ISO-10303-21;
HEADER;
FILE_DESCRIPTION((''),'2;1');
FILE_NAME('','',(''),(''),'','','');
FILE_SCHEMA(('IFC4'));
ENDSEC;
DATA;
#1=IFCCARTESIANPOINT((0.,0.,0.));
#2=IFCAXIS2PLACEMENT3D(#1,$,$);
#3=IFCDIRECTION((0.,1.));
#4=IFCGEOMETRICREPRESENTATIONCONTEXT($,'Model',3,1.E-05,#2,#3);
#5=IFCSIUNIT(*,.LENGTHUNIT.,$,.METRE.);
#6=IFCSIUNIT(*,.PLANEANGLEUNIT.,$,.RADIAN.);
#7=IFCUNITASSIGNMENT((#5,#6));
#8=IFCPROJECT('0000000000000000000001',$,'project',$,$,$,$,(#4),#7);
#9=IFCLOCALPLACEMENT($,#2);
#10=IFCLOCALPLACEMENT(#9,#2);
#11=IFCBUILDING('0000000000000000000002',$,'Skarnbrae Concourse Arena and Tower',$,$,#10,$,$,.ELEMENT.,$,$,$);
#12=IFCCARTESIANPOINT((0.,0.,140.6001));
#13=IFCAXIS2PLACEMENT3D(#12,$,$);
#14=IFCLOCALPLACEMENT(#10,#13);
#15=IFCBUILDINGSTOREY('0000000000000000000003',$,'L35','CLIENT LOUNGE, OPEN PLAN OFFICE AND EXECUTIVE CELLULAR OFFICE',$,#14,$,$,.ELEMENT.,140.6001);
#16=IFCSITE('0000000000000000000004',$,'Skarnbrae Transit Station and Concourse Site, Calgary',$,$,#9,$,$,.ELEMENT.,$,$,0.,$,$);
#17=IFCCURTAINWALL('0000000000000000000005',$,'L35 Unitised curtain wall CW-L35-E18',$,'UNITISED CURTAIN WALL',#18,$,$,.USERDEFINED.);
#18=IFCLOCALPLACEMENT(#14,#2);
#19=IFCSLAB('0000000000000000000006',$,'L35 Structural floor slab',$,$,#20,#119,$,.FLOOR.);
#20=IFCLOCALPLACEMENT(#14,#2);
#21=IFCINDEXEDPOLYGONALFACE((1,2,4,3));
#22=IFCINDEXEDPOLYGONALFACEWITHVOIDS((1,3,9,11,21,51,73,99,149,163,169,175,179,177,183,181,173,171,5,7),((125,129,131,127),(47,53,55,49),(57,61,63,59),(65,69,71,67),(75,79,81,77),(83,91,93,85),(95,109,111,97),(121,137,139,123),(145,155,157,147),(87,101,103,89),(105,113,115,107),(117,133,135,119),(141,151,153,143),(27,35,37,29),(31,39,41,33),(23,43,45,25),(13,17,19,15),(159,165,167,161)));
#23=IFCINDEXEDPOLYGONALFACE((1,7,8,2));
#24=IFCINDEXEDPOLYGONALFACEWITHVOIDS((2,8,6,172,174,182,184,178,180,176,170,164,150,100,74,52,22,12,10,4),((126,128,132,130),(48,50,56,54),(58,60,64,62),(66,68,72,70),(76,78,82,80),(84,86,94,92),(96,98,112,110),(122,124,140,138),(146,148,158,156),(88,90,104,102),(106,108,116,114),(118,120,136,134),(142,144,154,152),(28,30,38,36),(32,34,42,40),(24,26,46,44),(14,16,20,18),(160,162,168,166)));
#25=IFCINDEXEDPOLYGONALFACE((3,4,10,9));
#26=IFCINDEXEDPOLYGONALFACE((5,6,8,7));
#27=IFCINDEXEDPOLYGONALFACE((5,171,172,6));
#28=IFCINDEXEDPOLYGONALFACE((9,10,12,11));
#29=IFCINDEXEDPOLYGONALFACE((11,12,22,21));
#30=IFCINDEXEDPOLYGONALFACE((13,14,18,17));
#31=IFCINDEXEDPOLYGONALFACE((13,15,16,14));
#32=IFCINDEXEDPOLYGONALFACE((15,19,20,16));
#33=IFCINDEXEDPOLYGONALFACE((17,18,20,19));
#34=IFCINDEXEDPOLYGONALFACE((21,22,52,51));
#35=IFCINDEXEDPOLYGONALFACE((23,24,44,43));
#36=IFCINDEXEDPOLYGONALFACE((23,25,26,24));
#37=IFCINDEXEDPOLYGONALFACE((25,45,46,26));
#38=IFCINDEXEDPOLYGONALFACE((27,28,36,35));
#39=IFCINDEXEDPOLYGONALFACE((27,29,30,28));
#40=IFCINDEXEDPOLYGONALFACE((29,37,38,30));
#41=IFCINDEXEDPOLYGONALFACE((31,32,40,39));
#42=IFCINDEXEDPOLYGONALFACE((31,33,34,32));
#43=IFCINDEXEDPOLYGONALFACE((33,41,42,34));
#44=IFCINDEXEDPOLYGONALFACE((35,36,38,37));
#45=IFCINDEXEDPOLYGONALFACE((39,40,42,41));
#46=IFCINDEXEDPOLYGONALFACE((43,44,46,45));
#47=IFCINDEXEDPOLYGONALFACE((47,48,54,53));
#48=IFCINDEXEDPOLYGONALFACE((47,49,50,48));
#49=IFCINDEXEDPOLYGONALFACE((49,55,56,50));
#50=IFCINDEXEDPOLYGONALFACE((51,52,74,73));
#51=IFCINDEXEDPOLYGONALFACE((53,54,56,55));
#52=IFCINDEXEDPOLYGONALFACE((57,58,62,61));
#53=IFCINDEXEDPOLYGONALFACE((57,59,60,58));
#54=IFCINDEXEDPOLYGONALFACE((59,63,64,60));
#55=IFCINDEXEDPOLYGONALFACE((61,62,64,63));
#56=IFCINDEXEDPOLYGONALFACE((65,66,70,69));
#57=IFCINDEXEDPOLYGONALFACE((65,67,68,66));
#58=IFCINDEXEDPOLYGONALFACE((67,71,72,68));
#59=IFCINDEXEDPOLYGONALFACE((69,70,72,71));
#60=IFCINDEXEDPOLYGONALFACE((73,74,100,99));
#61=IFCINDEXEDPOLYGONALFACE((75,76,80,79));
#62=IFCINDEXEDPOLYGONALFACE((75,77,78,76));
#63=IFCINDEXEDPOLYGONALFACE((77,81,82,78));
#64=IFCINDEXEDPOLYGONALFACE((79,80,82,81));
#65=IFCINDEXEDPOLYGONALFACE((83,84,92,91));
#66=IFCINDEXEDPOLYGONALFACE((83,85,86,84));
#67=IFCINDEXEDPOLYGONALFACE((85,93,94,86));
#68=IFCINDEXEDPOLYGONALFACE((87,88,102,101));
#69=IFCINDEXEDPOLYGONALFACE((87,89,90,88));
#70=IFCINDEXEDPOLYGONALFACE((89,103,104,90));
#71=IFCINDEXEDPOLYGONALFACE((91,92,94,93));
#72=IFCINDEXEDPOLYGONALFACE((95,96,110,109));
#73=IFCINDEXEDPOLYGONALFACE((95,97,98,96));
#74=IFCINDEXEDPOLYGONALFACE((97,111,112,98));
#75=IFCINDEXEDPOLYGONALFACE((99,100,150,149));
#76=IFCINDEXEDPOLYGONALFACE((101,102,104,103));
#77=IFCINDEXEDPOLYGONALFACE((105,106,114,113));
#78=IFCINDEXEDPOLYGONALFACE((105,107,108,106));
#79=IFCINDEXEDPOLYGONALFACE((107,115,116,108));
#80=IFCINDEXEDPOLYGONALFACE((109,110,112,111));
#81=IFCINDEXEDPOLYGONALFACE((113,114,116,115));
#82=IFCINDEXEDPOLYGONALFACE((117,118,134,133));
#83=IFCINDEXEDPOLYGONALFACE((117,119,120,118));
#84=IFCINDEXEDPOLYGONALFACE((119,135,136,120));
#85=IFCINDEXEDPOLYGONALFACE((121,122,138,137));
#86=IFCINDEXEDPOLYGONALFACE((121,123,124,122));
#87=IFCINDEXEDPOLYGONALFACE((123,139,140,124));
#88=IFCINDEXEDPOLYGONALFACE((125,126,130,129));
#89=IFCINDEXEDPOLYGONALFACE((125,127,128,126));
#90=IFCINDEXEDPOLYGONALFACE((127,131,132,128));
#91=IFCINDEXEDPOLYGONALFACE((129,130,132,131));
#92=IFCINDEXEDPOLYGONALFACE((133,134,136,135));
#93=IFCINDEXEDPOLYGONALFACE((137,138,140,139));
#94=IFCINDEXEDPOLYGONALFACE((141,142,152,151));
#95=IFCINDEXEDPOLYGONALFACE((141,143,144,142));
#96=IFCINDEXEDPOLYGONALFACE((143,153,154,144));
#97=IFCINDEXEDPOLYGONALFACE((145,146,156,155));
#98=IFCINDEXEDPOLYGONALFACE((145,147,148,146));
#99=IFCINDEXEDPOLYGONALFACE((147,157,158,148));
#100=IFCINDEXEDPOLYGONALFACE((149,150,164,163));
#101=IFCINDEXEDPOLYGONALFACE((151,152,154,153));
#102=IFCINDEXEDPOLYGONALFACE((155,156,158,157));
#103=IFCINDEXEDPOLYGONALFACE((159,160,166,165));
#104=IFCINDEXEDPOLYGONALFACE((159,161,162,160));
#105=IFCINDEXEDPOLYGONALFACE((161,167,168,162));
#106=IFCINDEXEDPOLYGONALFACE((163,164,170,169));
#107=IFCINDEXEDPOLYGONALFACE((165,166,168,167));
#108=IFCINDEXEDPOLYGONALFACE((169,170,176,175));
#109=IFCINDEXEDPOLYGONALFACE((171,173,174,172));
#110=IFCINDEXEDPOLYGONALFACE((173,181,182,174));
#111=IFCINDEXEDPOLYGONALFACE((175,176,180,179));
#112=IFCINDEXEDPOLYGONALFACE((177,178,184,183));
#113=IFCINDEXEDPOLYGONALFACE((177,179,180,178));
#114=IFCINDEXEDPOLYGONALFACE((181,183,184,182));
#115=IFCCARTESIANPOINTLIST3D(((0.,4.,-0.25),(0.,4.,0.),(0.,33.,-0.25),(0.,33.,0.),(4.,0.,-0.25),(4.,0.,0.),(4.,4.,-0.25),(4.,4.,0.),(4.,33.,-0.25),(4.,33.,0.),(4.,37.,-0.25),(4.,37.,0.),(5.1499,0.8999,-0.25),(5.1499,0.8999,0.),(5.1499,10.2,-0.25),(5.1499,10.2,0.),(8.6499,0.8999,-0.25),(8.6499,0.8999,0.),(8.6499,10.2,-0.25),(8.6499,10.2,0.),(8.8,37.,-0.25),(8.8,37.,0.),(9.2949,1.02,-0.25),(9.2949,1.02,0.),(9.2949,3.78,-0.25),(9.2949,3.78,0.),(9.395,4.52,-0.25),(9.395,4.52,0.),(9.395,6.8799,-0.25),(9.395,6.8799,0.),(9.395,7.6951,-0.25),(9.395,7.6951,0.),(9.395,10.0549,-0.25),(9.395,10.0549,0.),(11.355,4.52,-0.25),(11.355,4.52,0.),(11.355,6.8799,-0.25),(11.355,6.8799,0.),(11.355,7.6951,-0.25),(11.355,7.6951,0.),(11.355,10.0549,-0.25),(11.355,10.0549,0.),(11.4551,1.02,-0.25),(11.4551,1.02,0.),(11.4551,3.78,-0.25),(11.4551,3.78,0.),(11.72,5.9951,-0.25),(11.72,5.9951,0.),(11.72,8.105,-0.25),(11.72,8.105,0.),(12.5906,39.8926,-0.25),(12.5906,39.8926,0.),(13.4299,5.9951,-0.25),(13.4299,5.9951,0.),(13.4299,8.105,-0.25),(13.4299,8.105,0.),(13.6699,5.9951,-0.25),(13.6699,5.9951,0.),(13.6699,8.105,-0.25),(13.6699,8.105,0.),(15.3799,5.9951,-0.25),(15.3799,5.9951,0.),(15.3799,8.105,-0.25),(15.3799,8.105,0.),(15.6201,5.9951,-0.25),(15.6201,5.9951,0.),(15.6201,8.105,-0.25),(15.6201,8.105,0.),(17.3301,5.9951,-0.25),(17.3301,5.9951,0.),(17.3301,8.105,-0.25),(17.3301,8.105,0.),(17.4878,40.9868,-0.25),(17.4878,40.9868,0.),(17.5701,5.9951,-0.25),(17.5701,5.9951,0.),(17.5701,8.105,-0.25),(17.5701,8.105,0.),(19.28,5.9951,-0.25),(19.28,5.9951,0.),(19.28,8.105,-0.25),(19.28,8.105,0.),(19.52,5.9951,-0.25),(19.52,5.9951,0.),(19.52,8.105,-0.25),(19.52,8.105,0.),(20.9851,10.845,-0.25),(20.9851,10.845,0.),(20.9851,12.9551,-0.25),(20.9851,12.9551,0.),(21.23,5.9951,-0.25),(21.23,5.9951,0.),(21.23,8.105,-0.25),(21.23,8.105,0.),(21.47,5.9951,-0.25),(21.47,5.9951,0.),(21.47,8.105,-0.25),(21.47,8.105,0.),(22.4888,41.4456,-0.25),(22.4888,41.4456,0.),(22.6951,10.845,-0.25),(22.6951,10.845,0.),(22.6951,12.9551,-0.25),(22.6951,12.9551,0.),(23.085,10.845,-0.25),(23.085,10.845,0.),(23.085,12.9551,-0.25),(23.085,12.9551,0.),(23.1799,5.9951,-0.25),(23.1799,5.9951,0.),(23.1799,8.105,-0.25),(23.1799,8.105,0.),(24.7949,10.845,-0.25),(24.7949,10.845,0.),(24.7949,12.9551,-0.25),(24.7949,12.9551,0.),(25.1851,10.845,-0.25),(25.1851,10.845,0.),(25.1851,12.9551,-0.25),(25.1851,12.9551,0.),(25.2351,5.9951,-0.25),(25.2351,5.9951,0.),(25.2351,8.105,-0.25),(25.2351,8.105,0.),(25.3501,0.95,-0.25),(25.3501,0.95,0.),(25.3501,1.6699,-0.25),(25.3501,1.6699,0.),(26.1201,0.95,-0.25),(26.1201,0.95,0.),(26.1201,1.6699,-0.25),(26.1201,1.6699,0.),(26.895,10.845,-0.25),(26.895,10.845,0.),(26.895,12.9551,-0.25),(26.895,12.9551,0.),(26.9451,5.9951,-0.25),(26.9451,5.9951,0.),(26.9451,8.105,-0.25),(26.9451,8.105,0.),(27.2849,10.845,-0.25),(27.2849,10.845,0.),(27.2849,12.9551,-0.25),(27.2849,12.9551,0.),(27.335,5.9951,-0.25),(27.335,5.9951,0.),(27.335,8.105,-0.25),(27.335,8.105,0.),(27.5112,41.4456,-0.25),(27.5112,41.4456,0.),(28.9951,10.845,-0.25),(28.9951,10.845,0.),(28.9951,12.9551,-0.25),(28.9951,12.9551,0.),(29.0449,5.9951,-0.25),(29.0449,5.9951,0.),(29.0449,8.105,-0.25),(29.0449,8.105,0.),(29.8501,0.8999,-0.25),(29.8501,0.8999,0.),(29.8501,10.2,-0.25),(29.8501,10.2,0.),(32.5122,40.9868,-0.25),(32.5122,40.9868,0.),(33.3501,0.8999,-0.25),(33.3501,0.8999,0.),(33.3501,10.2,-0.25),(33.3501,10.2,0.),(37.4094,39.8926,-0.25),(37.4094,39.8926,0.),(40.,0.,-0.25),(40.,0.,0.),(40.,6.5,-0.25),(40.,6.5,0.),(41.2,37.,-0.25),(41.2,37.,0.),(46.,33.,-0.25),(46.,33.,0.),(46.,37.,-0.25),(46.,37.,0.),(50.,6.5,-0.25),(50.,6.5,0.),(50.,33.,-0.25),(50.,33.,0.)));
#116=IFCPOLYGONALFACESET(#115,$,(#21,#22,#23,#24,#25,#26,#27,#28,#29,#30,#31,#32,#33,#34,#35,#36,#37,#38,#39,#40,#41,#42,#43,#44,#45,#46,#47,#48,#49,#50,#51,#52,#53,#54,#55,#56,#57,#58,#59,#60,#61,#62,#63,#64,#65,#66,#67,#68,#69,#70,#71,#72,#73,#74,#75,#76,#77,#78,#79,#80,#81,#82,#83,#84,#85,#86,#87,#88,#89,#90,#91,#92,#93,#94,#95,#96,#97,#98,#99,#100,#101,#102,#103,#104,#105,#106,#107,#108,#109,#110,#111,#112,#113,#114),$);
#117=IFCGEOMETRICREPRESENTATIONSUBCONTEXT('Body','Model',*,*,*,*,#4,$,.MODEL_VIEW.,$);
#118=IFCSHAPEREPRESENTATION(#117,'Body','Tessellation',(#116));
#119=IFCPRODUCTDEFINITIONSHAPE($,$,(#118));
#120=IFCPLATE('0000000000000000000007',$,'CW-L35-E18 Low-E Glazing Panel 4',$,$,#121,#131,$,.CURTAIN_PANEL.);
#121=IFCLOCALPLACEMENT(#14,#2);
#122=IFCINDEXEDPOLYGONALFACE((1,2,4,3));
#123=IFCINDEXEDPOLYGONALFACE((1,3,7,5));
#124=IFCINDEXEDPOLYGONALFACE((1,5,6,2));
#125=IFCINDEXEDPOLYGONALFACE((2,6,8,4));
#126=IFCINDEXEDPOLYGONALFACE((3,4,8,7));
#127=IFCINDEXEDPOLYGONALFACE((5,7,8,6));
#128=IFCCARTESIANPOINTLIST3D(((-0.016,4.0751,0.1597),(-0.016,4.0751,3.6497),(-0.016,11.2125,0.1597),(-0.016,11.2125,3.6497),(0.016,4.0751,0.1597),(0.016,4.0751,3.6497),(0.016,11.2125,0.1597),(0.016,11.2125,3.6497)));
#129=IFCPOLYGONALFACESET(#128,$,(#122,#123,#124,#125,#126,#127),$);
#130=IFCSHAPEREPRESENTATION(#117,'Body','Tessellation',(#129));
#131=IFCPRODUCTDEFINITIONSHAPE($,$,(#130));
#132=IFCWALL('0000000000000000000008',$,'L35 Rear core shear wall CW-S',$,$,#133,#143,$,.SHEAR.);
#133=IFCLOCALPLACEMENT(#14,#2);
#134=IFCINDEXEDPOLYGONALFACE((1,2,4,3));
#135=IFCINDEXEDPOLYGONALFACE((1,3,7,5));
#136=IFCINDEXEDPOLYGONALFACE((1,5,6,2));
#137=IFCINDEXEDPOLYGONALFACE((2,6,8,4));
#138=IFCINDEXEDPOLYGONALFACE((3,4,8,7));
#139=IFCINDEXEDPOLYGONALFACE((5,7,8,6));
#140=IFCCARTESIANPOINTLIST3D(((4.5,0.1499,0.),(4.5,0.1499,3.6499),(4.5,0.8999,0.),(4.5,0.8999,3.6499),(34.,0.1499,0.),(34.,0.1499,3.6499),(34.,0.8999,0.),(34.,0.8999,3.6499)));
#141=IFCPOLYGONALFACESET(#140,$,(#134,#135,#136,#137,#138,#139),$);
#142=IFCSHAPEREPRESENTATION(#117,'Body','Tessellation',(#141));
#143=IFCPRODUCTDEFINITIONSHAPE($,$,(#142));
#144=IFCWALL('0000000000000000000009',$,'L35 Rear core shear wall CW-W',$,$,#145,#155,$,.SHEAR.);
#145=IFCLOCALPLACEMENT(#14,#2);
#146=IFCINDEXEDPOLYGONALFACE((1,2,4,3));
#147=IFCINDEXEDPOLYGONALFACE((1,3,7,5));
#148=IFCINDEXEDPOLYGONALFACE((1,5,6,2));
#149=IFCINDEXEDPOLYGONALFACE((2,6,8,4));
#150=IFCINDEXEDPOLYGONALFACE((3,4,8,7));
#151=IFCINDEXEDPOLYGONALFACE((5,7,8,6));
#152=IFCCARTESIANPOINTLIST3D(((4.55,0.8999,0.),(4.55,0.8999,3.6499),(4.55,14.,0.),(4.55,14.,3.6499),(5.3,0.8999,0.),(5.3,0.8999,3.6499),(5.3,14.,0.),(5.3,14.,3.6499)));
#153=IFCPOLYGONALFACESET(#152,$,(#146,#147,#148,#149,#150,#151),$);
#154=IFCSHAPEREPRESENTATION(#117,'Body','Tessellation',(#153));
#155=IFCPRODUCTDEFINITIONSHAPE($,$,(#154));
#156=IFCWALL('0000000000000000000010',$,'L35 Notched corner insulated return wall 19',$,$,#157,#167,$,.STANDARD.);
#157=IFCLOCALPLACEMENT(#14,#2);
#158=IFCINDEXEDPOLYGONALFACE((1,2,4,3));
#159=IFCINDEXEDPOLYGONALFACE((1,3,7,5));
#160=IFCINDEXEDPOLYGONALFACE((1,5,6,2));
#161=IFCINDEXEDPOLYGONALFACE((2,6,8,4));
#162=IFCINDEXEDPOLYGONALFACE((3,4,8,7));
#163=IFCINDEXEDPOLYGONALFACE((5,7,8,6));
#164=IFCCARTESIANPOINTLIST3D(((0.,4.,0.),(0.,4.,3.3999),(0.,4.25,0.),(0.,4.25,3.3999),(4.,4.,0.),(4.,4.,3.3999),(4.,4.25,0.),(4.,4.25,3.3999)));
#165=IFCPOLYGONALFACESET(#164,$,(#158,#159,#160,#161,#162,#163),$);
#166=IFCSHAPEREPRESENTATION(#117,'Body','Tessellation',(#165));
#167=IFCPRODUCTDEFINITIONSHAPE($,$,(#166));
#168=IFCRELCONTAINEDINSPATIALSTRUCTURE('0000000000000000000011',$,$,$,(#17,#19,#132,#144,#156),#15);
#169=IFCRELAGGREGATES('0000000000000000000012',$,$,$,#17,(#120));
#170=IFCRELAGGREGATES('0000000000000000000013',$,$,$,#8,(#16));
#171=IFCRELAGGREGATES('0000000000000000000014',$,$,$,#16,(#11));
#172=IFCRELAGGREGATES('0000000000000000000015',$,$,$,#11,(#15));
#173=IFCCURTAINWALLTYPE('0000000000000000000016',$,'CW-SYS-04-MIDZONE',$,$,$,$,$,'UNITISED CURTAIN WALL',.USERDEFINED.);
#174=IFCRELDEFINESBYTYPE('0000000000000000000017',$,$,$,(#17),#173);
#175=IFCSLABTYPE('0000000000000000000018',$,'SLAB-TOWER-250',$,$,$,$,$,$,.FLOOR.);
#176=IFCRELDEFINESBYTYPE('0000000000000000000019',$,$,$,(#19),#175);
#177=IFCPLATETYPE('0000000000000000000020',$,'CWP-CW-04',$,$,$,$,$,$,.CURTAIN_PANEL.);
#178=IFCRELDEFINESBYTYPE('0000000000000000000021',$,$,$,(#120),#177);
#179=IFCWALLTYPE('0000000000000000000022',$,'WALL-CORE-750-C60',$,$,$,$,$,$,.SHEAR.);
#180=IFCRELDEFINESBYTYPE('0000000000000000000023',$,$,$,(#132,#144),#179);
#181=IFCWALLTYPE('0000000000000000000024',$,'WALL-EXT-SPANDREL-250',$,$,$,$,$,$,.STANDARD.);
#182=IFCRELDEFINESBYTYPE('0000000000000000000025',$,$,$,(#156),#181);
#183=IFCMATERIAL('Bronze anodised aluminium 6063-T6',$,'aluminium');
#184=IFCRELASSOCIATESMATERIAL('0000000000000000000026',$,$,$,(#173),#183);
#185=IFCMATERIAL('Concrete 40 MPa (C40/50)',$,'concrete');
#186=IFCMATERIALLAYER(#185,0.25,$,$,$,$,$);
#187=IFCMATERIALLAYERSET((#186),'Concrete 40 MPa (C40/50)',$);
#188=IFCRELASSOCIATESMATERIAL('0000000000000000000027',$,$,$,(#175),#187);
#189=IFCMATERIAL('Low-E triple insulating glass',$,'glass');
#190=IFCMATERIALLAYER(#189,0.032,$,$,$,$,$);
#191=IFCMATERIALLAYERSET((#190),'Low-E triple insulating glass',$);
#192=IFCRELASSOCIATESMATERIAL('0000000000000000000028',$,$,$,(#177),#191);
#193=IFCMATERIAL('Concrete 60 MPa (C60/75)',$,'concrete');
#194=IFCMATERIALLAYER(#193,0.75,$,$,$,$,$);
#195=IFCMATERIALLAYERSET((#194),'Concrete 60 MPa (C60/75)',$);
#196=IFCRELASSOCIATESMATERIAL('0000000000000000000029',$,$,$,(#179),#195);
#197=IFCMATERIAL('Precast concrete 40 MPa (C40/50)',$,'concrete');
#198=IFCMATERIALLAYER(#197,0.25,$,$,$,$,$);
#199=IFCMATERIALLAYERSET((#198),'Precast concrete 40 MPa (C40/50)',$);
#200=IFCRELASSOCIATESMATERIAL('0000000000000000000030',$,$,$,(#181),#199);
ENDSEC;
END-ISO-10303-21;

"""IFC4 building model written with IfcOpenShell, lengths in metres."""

from ifc_helpers import new_model, si_unit, direction, frame, frame_2d, origin, origin_2d, place, context, subcontext, project, spatial, polyline, rectangle, outline, extrude, source, transform, mapped, material, layer, layer_set, type_object, element, aggregate, save


model = new_model("IFC4")

# Units and contexts
model_context = context("Model", 3, precision=1e-05, world=origin(), true_north=direction((0.0, 1.0)))
body_context = subcontext(model_context, "Body", "Model", "MODEL_VIEW")
ifc_project = project(units=[si_unit("LENGTHUNIT", "METRE"), si_unit("PLANEANGLEUNIT", "RADIAN")], contexts=[model_context])

# Site, building, storey
site_placement = place(None, origin())
site = spatial("IfcSite", under=ifc_project, at=site_placement, Name="Skarnbrae Transit Station and Concourse Site, Calgary", CompositionType="ELEMENT", RefElevation=0.0)
building_placement = place(site_placement, origin())
building = spatial("IfcBuilding", under=site, at=building_placement, Name="Skarnbrae Concourse Arena and Tower", CompositionType="ELEMENT")
storey_placement = place(building_placement, frame((0.0, 0.0, 140.6001)))
storey = spatial("IfcBuildingStorey", under=building, at=storey_placement, Name="L35", Description="CLIENT LOUNGE, OPEN PLAN OFFICE AND EXECUTIVE CELLULAR OFFICE", CompositionType="ELEMENT", Elevation=140.6001)

# Curtain wall
ifc_material_1 = material(Name="Bronze anodised aluminium 6063-T6", Category="aluminium")
curtain_wall_type = type_object("IfcCurtainWallType", Name="CW-SYS-04-MIDZONE", ElementType="UNITISED CURTAIN WALL", PredefinedType="USERDEFINED", material=ifc_material_1)
curtain_wall_placement = place(storey_placement, origin())
curtain_wall = element("IfcCurtainWall", 1, at=curtain_wall_placement, inside=storey, type_object=curtain_wall_type, Name="L35 Unitised curtain wall CW-L35-E18", ObjectType="UNITISED CURTAIN WALL", PredefinedType="USERDEFINED")

# Shared definitions
ifc_material_2 = material(Name="Concrete 40 MPa (C40/50)", Category="concrete")

# Slab
ifc_layer_1 = layer(ifc_material_2, 0.25)
ifc_layer_set_1 = layer_set([ifc_layer_1], Name="Concrete 40 MPa (C40/50)")
slab_type_1 = type_object("IfcSlabType", Name="SLAB-TOWER-250", PredefinedType="FLOOR", material=ifc_layer_set_1)
slab_1_placement = place(storey_placement, frame((0.0, 0.0, -0.25)))
element("IfcSlab", 2, at=slab_1_placement, inside=storey, type_object=slab_type_1, Name="L35 Structural floor slab", PredefinedType="FLOOR", context=body_context, shape_type="SweptSolid", body=[
    extrude(outline(polyline([(4.0, 0.0), (40.0, 0.0), (40.0, 6.5), (50.0, 6.5), (50.0, 33.0), (46.0, 33.0), (46.0, 37.0), (41.2, 37.0), (37.4094, 39.8926), (32.5122, 40.9868), (27.5112, 41.4456), (22.4888, 41.4456), (17.4878, 40.9868), (12.5906, 39.8926), (8.8, 37.0), (4.0, 37.0), (4.0, 33.0), (0.0, 33.0), (0.0, 4.0), (4.0, 4.0), (4.0, 0.0)]), holes=[polyline([(9.2949, 3.78), (11.4551, 3.78), (11.4551, 1.02), (9.2949, 1.02), (9.2949, 3.78)]), polyline([(8.6499, 10.2), (8.6499, 0.8999), (5.1499, 0.8999), (5.1499, 10.2), (8.6499, 10.2)]), polyline([(9.395, 6.8799), (11.355, 6.8799), (11.355, 4.52), (9.395, 4.52), (9.395, 6.8799)]), polyline([(11.72, 8.105), (13.4299, 8.105), (13.4299, 5.9951), (11.72, 5.9951), (11.72, 8.105)]), polyline([(13.6699, 8.105), (15.3799, 8.105), (15.3799, 5.9951), (13.6699, 5.9951), (13.6699, 8.105)]), polyline([(15.6201, 8.105), (17.3301, 8.105), (17.3301, 5.9951), (15.6201, 5.9951), (15.6201, 8.105)]), polyline([(17.5701, 8.105), (19.28, 8.105), (19.28, 5.9951), (17.5701, 5.9951), (17.5701, 8.105)]), polyline([(21.23, 8.105), (21.23, 5.9951), (19.52, 5.9951), (19.52, 8.105), (21.23, 8.105)]), polyline([(11.355, 10.0549), (11.355, 7.6951), (9.395, 7.6951), (9.395, 10.0549), (11.355, 10.0549)]), polyline([(25.3501, 1.6699), (26.1201, 1.6699), (26.1201, 0.95), (25.3501, 0.95), (25.3501, 1.6699)]), polyline([(33.3501, 10.2), (33.3501, 0.8999), (29.8501, 0.8999), (29.8501, 10.2), (33.3501, 10.2)]), polyline([(21.47, 8.105), (23.1799, 8.105), (23.1799, 5.9951), (21.47, 5.9951), (21.47, 8.105)]), polyline([(25.2351, 8.105), (26.9451, 8.105), (26.9451, 5.9951), (25.2351, 5.9951), (25.2351, 8.105)]), polyline([(27.335, 8.105), (29.0449, 8.105), (29.0449, 5.9951), (27.335, 5.9951), (27.335, 8.105)]), polyline([(20.9851, 12.9551), (22.6951, 12.9551), (22.6951, 10.845), (20.9851, 10.845), (20.9851, 12.9551)]), polyline([(23.085, 12.9551), (24.7949, 12.9551), (24.7949, 10.845), (23.085, 10.845), (23.085, 12.9551)]), polyline([(26.895, 12.9551), (26.895, 10.845), (25.1851, 10.845), (25.1851, 12.9551), (26.895, 12.9551)]), polyline([(28.9951, 12.9551), (28.9951, 10.845), (27.2849, 10.845), (27.2849, 12.9551), (28.9951, 12.9551)])]), origin(), (0.0, 0.0, 1.0), 0.25),
])

# Plate
ifc_material_3 = material(Name="Low-E triple insulating glass", Category="glass")
ifc_layer_2 = layer(ifc_material_3, 0.032)
ifc_layer_set_2 = layer_set([ifc_layer_2], Name="Low-E triple insulating glass")
plate_type = type_object("IfcPlateType", Name="CWP-CW-04", PredefinedType="CURTAIN_PANEL", material=ifc_layer_set_2)
shared_shape_1 = source(origin(), body_context, "Body", "SweptSolid", [
    extrude(rectangle(XDim=7.1375, YDim=0.032, at=origin_2d()), origin(), (0.0, 0.0, 1.0), 3.49),
])
plate_placement = place(storey_placement, frame((0.0, 7.6438, 0.1597), z_axis=(0.0, 0.0, 1.0), x_axis=(0.0, -1.0, 0.0)))
plate = element("IfcPlate", 3, at=plate_placement, type_object=plate_type, Name="CW-L35-E18 Low-E Glazing Panel 4", PredefinedType="CURTAIN_PANEL", context=body_context, shape_type="MappedRepresentation", body=[
    mapped(shared_shape_1, transform((0.0, 0.0, 0.0))),
])
aggregate(curtain_wall, [plate])

# Walls
ifc_material_4 = material(Name="Concrete 60 MPa (C60/75)", Category="concrete")
ifc_layer_3 = layer(ifc_material_4, 0.75)
ifc_layer_set_3 = layer_set([ifc_layer_3], Name="Concrete 60 MPa (C60/75)")
wall_type_1 = type_object("IfcWallType", Name="WALL-CORE-750-C60", PredefinedType="SHEAR", material=ifc_layer_set_3)
shared_shape_2 = source(origin(), body_context, "Body", "SweptSolid", [
    extrude(rectangle(XDim=29.5, YDim=0.75, at=frame_2d((14.75, 0.0))), origin(), (0.0, 0.0, 1.0), 3.6499),
])
wall_1_placement = place(storey_placement, frame((4.5, 0.5249, 0.0), z_axis=(0.0, 0.0, 1.0), x_axis=(1.0, 0.0, 0.0)))
element("IfcWall", 4, at=wall_1_placement, inside=storey, type_object=wall_type_1, Name="L35 Rear core shear wall CW-S", PredefinedType="SHEAR", context=body_context, shape_type="MappedRepresentation", body=[
    mapped(shared_shape_2, transform((0.0, 0.0, 0.0))),
])
shared_shape_3 = source(origin(), body_context, "Body", "SweptSolid", [
    extrude(rectangle(XDim=13.1001, YDim=0.75, at=frame_2d((6.55, 0.0))), origin(), (0.0, 0.0, 1.0), 3.6499),
])
wall_2_placement = place(storey_placement, frame((4.925, 0.8999, 0.0), z_axis=(0.0, 0.0, 1.0), x_axis=(0.0, 1.0, 0.0)))
element("IfcWall", 5, at=wall_2_placement, inside=storey, type_object=wall_type_1, Name="L35 Rear core shear wall CW-W", PredefinedType="SHEAR", context=body_context, shape_type="MappedRepresentation", body=[
    mapped(shared_shape_3, transform((0.0, 0.0, 0.0))),
])
ifc_material_5 = material(Name="Precast concrete 40 MPa (C40/50)", Category="concrete")
ifc_layer_4 = layer(ifc_material_5, 0.25)
ifc_layer_set_4 = layer_set([ifc_layer_4], Name="Precast concrete 40 MPa (C40/50)")
wall_type_2 = type_object("IfcWallType", Name="WALL-EXT-SPANDREL-250", PredefinedType="STANDARD", material=ifc_layer_set_4)
shared_shape_4 = source(origin(), body_context, "Body", "SweptSolid", [
    extrude(rectangle(XDim=4.0, YDim=0.25, at=frame_2d((2.0, 0.0))), origin(), (0.0, 0.0, 1.0), 3.3999),
])
for number, where, z_axis, x_axis, name in (
    (6, (0.0, 4.125, 0.0), (0.0, 0.0, 1.0), (1.0, 0.0, 0.0), "L35 Notched corner insulated return wall 19"),
):
    element("IfcWall", number, at=place(storey_placement, frame(where, z_axis=z_axis, x_axis=x_axis)), inside=storey, type_object=wall_type_2, Name=name, PredefinedType="STANDARD", context=body_context, shape_type="MappedRepresentation", body=[
        mapped(shared_shape_4, transform((0.0, 0.0, 0.0))),
    ])

save(model, "model.ifc")
